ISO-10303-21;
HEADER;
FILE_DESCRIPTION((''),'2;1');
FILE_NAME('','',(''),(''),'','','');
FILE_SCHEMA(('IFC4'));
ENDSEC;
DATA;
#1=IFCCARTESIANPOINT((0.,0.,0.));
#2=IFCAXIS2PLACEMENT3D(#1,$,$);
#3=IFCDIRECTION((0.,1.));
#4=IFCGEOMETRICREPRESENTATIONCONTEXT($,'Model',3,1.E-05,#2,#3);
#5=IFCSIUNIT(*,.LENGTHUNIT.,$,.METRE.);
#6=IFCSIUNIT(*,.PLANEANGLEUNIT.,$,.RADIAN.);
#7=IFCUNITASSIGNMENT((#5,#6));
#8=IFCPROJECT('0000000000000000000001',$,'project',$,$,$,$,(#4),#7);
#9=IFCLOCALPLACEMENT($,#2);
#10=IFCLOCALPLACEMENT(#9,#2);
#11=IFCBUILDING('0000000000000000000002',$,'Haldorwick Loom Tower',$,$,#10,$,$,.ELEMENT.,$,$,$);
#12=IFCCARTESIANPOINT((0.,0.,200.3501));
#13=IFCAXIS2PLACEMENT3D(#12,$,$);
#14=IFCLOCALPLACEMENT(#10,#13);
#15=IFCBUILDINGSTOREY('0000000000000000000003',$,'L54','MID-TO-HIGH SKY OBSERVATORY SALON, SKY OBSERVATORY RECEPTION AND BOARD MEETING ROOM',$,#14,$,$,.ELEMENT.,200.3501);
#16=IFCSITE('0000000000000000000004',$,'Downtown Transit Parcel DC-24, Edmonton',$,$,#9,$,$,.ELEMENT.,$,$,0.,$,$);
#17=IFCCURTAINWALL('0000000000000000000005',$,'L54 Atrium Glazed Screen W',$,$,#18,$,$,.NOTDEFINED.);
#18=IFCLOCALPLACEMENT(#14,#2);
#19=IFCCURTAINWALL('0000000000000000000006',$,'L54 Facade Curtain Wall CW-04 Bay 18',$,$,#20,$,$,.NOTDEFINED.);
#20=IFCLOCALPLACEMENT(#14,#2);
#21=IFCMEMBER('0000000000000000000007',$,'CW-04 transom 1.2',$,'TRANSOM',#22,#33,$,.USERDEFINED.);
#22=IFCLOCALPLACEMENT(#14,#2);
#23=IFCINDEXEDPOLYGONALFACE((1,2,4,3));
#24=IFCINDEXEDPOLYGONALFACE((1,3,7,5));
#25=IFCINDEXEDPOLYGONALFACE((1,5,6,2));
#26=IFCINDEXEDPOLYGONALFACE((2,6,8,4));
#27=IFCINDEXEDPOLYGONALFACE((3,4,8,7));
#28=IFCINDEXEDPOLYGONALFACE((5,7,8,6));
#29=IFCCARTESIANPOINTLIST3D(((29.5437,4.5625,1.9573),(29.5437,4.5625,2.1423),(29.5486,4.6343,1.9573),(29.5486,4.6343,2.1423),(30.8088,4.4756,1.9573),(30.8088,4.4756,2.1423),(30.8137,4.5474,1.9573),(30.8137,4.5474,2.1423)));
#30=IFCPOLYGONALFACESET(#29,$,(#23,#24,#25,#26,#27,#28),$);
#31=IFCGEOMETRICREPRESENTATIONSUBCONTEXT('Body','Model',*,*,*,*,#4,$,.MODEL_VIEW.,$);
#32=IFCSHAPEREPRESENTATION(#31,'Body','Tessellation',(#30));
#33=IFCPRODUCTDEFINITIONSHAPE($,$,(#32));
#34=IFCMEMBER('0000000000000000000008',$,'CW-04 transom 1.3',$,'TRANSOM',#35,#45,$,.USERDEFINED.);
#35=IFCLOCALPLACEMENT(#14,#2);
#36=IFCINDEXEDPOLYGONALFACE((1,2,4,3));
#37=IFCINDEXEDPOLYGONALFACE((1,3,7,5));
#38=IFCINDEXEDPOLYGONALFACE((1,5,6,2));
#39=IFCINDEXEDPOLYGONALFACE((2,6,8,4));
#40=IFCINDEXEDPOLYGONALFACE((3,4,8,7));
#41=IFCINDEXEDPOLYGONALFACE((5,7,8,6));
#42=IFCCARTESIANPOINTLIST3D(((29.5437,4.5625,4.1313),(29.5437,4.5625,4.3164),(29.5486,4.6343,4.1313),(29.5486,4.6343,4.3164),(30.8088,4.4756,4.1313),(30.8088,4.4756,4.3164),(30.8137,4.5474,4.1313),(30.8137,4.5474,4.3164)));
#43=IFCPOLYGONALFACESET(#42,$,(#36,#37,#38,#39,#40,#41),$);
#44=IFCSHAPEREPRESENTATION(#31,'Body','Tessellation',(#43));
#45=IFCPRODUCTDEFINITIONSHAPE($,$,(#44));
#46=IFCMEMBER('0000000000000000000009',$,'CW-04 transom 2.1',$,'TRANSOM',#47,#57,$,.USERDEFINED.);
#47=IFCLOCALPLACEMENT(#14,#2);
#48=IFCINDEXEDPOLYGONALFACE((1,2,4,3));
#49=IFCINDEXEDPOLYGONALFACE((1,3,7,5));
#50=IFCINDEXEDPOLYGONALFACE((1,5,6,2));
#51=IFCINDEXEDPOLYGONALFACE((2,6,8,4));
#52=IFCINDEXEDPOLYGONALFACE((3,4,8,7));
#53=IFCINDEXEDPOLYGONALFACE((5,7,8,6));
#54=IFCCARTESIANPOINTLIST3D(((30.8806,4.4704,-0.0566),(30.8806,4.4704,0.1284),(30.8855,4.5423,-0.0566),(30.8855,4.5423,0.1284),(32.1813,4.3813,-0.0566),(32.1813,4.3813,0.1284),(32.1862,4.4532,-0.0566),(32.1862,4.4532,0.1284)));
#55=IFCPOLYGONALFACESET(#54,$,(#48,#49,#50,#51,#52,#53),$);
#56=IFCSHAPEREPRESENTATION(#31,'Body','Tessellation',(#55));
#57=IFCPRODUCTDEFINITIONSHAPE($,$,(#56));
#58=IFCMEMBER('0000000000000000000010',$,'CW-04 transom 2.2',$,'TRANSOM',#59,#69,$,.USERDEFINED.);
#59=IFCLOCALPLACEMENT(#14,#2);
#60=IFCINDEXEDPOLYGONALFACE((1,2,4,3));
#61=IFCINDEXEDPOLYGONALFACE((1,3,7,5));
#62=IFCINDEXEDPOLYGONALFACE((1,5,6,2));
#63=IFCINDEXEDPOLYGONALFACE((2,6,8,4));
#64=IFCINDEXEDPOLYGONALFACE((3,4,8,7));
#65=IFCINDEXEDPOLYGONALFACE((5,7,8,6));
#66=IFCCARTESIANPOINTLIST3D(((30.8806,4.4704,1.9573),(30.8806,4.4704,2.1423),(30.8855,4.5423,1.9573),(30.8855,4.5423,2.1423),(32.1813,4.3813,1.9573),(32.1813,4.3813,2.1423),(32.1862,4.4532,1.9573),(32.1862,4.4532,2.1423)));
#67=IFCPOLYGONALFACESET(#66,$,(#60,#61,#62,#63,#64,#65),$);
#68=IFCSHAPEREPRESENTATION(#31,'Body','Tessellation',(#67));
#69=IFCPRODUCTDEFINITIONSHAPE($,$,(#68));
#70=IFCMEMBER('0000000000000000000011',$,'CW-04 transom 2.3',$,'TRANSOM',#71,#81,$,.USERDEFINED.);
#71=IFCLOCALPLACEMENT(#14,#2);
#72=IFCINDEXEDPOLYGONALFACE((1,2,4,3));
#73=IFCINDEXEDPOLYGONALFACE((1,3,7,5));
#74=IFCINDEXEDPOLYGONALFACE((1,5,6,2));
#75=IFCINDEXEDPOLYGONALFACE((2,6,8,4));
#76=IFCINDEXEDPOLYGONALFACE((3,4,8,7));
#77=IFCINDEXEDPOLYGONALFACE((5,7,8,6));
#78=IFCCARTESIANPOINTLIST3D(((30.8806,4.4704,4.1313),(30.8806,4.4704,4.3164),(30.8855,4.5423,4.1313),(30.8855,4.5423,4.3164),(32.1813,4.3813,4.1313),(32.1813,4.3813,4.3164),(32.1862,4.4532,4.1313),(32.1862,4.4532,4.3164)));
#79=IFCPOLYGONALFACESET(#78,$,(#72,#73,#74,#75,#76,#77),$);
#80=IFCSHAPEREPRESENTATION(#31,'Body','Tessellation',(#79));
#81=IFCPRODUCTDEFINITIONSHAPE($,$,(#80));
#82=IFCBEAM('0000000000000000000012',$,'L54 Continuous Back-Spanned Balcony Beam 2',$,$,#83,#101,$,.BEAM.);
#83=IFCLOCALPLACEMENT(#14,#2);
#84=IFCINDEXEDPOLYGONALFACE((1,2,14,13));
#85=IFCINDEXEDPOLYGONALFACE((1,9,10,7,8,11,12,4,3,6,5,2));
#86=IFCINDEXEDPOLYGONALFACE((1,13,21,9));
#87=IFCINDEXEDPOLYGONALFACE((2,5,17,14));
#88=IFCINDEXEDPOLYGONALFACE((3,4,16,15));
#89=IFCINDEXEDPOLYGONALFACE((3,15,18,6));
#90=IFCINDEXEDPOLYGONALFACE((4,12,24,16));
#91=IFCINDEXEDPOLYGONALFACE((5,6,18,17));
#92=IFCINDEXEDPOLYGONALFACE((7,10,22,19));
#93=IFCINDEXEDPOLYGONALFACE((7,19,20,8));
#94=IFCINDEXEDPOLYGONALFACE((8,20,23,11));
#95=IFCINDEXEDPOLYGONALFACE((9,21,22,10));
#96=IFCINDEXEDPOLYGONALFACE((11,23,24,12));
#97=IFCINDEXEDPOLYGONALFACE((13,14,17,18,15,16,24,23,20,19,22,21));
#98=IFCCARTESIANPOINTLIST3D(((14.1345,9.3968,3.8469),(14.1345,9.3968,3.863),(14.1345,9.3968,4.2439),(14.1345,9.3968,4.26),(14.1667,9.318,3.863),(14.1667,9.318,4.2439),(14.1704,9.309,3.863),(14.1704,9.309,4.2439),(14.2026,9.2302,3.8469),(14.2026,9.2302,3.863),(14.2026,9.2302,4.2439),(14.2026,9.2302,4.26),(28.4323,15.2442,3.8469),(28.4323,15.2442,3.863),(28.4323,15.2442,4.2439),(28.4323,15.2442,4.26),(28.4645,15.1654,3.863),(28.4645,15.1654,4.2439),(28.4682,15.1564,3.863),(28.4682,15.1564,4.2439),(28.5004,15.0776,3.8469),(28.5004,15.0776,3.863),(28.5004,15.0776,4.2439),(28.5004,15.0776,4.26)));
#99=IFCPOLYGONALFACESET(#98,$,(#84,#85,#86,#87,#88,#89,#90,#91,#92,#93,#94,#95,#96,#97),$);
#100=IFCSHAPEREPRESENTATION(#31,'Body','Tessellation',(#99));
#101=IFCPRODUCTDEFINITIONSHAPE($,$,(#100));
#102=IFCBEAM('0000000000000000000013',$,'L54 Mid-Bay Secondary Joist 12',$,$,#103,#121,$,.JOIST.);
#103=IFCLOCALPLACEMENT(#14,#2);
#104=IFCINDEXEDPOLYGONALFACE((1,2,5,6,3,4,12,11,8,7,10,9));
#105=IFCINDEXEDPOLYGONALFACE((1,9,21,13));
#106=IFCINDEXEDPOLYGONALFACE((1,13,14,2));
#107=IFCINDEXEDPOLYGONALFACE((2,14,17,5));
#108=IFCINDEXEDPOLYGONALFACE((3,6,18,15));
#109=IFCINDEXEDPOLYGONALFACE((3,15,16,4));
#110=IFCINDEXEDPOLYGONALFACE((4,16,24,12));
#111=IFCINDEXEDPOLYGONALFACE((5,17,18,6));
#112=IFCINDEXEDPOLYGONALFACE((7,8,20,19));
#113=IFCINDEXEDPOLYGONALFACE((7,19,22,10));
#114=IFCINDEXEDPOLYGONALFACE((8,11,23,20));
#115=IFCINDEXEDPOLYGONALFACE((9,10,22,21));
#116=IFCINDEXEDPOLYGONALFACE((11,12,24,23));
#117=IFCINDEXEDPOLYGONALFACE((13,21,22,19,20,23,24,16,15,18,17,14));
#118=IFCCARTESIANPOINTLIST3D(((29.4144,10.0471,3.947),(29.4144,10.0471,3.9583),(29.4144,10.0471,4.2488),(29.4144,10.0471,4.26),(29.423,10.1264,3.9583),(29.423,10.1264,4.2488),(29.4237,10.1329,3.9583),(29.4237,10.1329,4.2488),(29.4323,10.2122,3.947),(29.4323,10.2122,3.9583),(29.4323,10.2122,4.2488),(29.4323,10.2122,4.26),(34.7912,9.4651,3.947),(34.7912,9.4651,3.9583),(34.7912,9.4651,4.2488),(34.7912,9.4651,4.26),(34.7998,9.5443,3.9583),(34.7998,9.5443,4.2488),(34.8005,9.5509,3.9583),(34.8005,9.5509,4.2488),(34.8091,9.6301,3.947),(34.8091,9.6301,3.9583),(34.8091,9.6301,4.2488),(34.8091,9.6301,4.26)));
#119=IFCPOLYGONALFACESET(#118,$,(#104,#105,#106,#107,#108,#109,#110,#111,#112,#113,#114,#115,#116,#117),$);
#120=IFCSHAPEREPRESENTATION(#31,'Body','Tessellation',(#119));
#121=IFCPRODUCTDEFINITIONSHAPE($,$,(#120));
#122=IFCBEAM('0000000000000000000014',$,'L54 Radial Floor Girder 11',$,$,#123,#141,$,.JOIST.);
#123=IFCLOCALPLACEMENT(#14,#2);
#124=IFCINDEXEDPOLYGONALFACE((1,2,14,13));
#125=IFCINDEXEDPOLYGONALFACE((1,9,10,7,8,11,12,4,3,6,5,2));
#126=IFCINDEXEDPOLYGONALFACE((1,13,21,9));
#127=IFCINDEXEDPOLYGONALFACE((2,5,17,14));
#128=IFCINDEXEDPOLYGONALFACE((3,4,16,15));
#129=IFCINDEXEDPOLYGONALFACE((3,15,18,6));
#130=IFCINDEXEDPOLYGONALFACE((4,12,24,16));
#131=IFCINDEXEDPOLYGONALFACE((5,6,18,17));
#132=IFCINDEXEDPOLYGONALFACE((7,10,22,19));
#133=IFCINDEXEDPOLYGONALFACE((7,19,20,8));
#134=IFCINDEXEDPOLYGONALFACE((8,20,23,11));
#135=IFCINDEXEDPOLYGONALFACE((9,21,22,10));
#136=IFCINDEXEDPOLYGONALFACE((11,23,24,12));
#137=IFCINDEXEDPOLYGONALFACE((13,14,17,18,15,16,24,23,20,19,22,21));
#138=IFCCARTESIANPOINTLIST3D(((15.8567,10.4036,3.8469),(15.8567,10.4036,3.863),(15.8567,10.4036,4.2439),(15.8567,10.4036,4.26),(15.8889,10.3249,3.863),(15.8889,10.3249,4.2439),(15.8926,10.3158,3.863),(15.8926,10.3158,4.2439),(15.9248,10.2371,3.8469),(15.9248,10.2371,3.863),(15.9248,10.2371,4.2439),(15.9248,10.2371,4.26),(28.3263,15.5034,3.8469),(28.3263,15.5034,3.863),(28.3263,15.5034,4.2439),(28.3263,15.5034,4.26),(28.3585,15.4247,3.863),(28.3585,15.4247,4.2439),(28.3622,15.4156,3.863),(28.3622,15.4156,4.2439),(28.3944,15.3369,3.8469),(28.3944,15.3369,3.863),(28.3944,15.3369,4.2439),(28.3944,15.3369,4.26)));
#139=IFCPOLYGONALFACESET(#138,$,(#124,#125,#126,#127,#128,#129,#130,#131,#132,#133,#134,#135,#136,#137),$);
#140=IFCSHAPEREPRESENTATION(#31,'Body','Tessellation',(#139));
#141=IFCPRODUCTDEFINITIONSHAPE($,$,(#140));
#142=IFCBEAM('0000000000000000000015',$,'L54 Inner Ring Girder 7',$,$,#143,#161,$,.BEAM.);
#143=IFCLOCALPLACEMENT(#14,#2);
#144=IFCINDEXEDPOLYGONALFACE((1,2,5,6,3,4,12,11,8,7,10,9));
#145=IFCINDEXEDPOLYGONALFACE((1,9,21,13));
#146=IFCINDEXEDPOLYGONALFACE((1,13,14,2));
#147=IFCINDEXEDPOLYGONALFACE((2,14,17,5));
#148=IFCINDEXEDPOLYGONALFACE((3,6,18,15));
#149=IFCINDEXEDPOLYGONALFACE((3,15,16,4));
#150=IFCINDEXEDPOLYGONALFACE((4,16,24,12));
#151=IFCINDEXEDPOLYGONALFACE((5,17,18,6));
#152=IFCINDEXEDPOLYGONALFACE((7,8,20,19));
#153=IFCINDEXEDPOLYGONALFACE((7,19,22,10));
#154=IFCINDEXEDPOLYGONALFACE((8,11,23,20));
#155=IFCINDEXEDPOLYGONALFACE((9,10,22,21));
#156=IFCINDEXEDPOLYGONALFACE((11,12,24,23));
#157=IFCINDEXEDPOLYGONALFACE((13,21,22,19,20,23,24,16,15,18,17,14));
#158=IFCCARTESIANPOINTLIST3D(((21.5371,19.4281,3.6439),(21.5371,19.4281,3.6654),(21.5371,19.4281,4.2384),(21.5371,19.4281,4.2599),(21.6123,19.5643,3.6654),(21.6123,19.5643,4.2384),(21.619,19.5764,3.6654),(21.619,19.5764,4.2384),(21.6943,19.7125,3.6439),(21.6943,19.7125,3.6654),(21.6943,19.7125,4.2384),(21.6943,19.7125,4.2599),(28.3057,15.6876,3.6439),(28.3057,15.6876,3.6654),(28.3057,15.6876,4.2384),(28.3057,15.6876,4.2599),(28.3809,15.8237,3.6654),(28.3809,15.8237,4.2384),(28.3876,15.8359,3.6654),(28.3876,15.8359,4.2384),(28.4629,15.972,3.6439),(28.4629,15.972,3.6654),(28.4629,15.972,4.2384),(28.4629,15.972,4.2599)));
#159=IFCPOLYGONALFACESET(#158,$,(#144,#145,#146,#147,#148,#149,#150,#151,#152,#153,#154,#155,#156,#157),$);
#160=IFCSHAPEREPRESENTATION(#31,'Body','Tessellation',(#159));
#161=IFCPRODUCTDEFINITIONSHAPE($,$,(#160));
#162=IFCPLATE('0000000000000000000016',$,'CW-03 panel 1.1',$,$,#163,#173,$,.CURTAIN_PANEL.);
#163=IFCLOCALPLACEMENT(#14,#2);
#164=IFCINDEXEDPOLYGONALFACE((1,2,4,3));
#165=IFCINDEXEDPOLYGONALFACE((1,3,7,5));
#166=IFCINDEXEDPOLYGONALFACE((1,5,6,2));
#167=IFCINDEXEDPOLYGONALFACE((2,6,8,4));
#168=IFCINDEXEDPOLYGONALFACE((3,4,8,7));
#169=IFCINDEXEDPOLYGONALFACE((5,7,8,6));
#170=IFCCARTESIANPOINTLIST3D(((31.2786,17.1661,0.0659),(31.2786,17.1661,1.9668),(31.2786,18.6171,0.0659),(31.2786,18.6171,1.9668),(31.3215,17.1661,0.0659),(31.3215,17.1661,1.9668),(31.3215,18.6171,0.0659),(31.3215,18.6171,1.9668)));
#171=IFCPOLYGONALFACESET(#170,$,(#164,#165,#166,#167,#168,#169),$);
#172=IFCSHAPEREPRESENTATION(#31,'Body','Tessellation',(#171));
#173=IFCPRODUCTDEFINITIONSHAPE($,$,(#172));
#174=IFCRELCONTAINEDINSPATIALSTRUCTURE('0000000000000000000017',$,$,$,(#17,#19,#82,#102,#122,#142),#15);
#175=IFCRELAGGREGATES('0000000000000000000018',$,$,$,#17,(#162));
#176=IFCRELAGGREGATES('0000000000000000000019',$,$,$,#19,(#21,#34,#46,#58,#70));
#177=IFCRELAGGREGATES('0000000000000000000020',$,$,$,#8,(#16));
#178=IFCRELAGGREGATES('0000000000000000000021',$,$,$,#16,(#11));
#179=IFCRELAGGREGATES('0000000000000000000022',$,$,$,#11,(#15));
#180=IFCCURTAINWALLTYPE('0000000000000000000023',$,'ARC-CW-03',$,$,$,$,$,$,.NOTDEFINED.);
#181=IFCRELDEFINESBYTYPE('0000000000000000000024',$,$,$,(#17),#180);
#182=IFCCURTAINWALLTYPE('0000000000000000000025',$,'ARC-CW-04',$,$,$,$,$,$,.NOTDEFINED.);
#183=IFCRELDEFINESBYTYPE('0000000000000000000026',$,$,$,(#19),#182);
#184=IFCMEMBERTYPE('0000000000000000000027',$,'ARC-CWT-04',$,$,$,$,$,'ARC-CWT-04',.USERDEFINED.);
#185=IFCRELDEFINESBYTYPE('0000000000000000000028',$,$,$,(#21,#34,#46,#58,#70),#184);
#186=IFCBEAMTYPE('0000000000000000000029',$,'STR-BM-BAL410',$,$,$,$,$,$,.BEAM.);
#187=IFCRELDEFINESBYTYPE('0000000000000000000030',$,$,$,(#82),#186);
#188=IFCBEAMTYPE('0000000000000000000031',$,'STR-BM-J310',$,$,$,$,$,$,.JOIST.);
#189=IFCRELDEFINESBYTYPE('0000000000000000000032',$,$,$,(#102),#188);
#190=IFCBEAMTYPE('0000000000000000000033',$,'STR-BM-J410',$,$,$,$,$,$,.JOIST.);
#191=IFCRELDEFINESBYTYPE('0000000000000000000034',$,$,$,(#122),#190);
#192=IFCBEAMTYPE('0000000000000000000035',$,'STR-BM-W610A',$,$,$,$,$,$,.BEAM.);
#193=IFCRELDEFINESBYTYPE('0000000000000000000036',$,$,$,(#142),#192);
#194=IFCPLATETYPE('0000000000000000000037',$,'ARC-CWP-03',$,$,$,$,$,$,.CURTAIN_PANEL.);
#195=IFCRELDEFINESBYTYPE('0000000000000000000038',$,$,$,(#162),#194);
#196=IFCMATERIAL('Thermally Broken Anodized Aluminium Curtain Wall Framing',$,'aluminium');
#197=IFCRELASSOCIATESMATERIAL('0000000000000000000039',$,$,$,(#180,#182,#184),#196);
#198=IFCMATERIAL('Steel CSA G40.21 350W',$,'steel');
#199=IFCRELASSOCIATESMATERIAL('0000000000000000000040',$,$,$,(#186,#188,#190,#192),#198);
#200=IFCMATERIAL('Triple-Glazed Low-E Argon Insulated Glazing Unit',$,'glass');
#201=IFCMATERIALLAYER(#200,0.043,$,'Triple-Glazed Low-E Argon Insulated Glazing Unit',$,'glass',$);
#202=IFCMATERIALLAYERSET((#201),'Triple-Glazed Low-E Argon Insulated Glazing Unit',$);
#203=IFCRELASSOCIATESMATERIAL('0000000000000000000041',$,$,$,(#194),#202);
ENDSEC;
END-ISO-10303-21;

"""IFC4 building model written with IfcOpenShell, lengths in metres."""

from ifc_helpers import new_model, si_unit, direction, frame, origin, origin_2d, place, context, subcontext, project, spatial, rectangle, i_section, extrude, material, layer, layer_set, material_profile, profile_set, type_object, element, aggregate, save


model = new_model("IFC4")

# Units and contexts
model_context = context("Model", 3, precision=1e-05, world=origin(), true_north=direction((0.0, 1.0)))
body_context = subcontext(model_context, "Body", "Model", "MODEL_VIEW")
ifc_project = project(units=[si_unit("LENGTHUNIT", "METRE"), si_unit("PLANEANGLEUNIT", "RADIAN")], contexts=[model_context])

# Site, building, storey
site_placement = place(None, origin())
site = spatial("IfcSite", under=ifc_project, at=site_placement, Name="Downtown Transit Parcel DC-24, Edmonton", CompositionType="ELEMENT", RefElevation=0.0)
building_placement = place(site_placement, origin())
building = spatial("IfcBuilding", under=site, at=building_placement, Name="Haldorwick Loom Tower", CompositionType="ELEMENT")
storey_placement = place(building_placement, frame((0.0, 0.0, 200.3501)))
storey = spatial("IfcBuildingStorey", under=building, at=storey_placement, Name="L54", Description="MID-TO-HIGH SKY OBSERVATORY SALON, SKY OBSERVATORY RECEPTION AND BOARD MEETING ROOM", CompositionType="ELEMENT", Elevation=200.3501)

# Curtain walls
ifc_material_1 = material(Name="Thermally Broken Anodized Aluminium Curtain Wall Framing", Category="aluminium")
curtain_wall_type_1 = type_object("IfcCurtainWallType", Name="ARC-CW-03", PredefinedType="NOTDEFINED", material=ifc_material_1)
curtain_wall_1_placement = place(storey_placement, origin())
curtain_wall_1 = element("IfcCurtainWall", 1, at=curtain_wall_1_placement, inside=storey, type_object=curtain_wall_type_1, Name="L54 Atrium Glazed Screen W", PredefinedType="NOTDEFINED")
curtain_wall_type_2 = type_object("IfcCurtainWallType", Name="ARC-CW-04", PredefinedType="NOTDEFINED", material=ifc_material_1)
curtain_wall_2_placement = place(storey_placement, origin())
curtain_wall_2 = element("IfcCurtainWall", 2, at=curtain_wall_2_placement, inside=storey, type_object=curtain_wall_type_2, Name="L54 Facade Curtain Wall CW-04 Bay 18", PredefinedType="NOTDEFINED")

# Members
ifc_material_profile_1 = material_profile(ifc_material_1, rectangle(XDim=0.072, YDim=0.1851, at=origin_2d()), Name="ALU_TRN_72X185", Category="aluminium")
ifc_profile_set_1 = profile_set([ifc_material_profile_1], Name="Thermally Broken Anodized Aluminium Curtain Wall Framing")
member_type_1 = type_object("IfcMemberType", Name="ARC-CWT-04", ElementType="ARC-CWT-04", PredefinedType="USERDEFINED", material=ifc_profile_set_1)
member_1_placement = place(storey_placement, frame((29.5461, 4.5984, 2.0498), z_axis=(0.997649, -0.068538, 0.0), x_axis=(0.068538, 0.997649, 0.0)))
member_1 = element("IfcMember", 3, at=member_1_placement, type_object=member_type_1, Name="CW-04 transom 1.2", ObjectType="TRANSOM", PredefinedType="USERDEFINED", context=body_context, shape_type="SweptSolid", body=[
    extrude(rectangle(XDim=0.072, YDim=0.1851, at=origin_2d()), origin(), (0.0, 0.0, 1.0), 1.2681),
])
member_2_placement = place(storey_placement, frame((29.5461, 4.5984, 4.2239), z_axis=(0.997649, -0.068538, 0.0), x_axis=(0.068538, 0.997649, 0.0)))
member_2 = element("IfcMember", 4, at=member_2_placement, type_object=member_type_1, Name="CW-04 transom 1.3", ObjectType="TRANSOM", PredefinedType="USERDEFINED", context=body_context, shape_type="SweptSolid", body=[
    extrude(rectangle(XDim=0.072, YDim=0.1851, at=origin_2d()), origin(), (0.0, 0.0, 1.0), 1.2681),
])
member_3_placement = place(storey_placement, frame((30.8831, 4.5063, 0.0359), z_axis=(0.997662, -0.068346, 0.0), x_axis=(0.068346, 0.997662, 0.0)))
member_3 = element("IfcMember", 5, at=member_3_placement, type_object=member_type_1, Name="CW-04 transom 2.1", ObjectType="TRANSOM", PredefinedType="USERDEFINED", context=body_context, shape_type="SweptSolid", body=[
    extrude(rectangle(XDim=0.072, YDim=0.1851, at=origin_2d()), origin(), (0.0, 0.0, 1.0), 1.3037),
])
member_4_placement = place(storey_placement, frame((30.8831, 4.5063, 2.0498), z_axis=(0.997662, -0.068346, 0.0), x_axis=(0.068346, 0.997662, 0.0)))
member_4 = element("IfcMember", 6, at=member_4_placement, type_object=member_type_1, Name="CW-04 transom 2.2", ObjectType="TRANSOM", PredefinedType="USERDEFINED", context=body_context, shape_type="SweptSolid", body=[
    extrude(rectangle(XDim=0.072, YDim=0.1851, at=origin_2d()), origin(), (0.0, 0.0, 1.0), 1.3037),
])
member_5_placement = place(storey_placement, frame((30.8831, 4.5063, 4.2239), z_axis=(0.997662, -0.068346, 0.0), x_axis=(0.068346, 0.997662, 0.0)))
member_5 = element("IfcMember", 7, at=member_5_placement, type_object=member_type_1, Name="CW-04 transom 2.3", ObjectType="TRANSOM", PredefinedType="USERDEFINED", context=body_context, shape_type="SweptSolid", body=[
    extrude(rectangle(XDim=0.072, YDim=0.1851, at=origin_2d()), origin(), (0.0, 0.0, 1.0), 1.3037),
])

# Beams
ifc_material_2 = material(Name="Steel CSA G40.21 350W", Category="steel")
ifc_material_profile_2 = material_profile(ifc_material_2, i_section(OverallWidth=0.1799, OverallDepth=0.4131, WebThickness=0.0098, FlangeThickness=0.0161, at=origin_2d()), Name="W410X74", Category="steel")
ifc_profile_set_2 = profile_set([ifc_material_profile_2], Name="Steel CSA G40.21 350W")
beam_type_1 = type_object("IfcBeamType", Name="STR-BM-BAL410", PredefinedType="BEAM", material=ifc_profile_set_2)
beam_1_placement = place(storey_placement, frame((28.4663, 15.1609, 4.0535), z_axis=(-0.925586, -0.378538, 0.0), x_axis=(0.378538, -0.925586, 0.0)))
element("IfcBeam", 8, at=beam_1_placement, inside=storey, type_object=beam_type_1, Name="L54 Continuous Back-Spanned Balcony Beam 2", PredefinedType="BEAM", context=body_context, shape_type="SweptSolid", body=[
    extrude(i_section(OverallWidth=0.1799, OverallDepth=0.4131, WebThickness=0.0098, FlangeThickness=0.0161, at=origin_2d()), origin(), (0.0, 0.0, 1.0), 15.4473),
])
ifc_material_profile_3 = material_profile(ifc_material_2, i_section(OverallWidth=0.166, OverallDepth=0.313, WebThickness=0.0066, FlangeThickness=0.0112, at=origin_2d()), Name="W310X45", Category="steel")
ifc_profile_set_3 = profile_set([ifc_material_profile_3], Name="Steel CSA G40.21 350W")
beam_type_2 = type_object("IfcBeamType", Name="STR-BM-J310", PredefinedType="JOIST", material=ifc_profile_set_3)
beam_2_placement = place(storey_placement, frame((29.4233, 10.1296, 4.1035), z_axis=(0.994192, -0.107622, 0.0), x_axis=(0.107622, 0.994192, 0.0)))
element("IfcBeam", 9, at=beam_2_placement, inside=storey, type_object=beam_type_2, Name="L54 Mid-Bay Secondary Joist 12", PredefinedType="JOIST", context=body_context, shape_type="SweptSolid", body=[
    extrude(i_section(OverallWidth=0.166, OverallDepth=0.313, WebThickness=0.0066, FlangeThickness=0.0112, at=origin_2d()), origin(), (0.0, 0.0, 1.0), 5.4082),
])
ifc_material_profile_4 = material_profile(ifc_material_2, i_section(OverallWidth=0.1799, OverallDepth=0.4131, WebThickness=0.0098, FlangeThickness=0.0161, at=origin_2d()), Name="W410X74", Category="steel")
ifc_profile_set_4 = profile_set([ifc_material_profile_4], Name="Steel CSA G40.21 350W")
beam_type_3 = type_object("IfcBeamType", Name="STR-BM-J410", PredefinedType="JOIST", material=ifc_profile_set_4)
beam_3_placement = place(storey_placement, frame((28.3604, 15.4202, 4.0535), z_axis=(-0.925583, -0.378544, 0.0), x_axis=(0.378544, -0.925583, 0.0)))
element("IfcBeam", 10, at=beam_3_placement, inside=storey, type_object=beam_type_3, Name="L54 Radial Floor Girder 11", PredefinedType="JOIST", context=body_context, shape_type="SweptSolid", body=[
    extrude(i_section(OverallWidth=0.1799, OverallDepth=0.4131, WebThickness=0.0098, FlangeThickness=0.0161, at=origin_2d()), origin(), (0.0, 0.0, 1.0), 13.4722),
])
ifc_material_profile_5 = material_profile(ifc_material_2, i_section(OverallWidth=0.325, OverallDepth=0.616, WebThickness=0.0139, FlangeThickness=0.0215, at=origin_2d()), Name="W610X174", Category="steel")
ifc_profile_set_5 = profile_set([ifc_material_profile_5], Name="Steel CSA G40.21 350W")
beam_type_4 = type_object("IfcBeamType", Name="STR-BM-W610A", PredefinedType="BEAM", material=ifc_profile_set_5)
beam_4_placement = place(storey_placement, frame((28.3843, 15.8298, 3.9519), z_axis=(-0.875244, 0.483682, 0.0), x_axis=(-0.483682, -0.875244, 0.0)))
element("IfcBeam", 11, at=beam_4_placement, inside=storey, type_object=beam_type_4, Name="L54 Inner Ring Girder 7", PredefinedType="BEAM", context=body_context, shape_type="SweptSolid", body=[
    extrude(i_section(OverallWidth=0.325, OverallDepth=0.616, WebThickness=0.0139, FlangeThickness=0.0215, at=origin_2d()), origin(), (0.0, 0.0, 1.0), 7.7334),
])

# Plate
ifc_material_3 = material(Name="Triple-Glazed Low-E Argon Insulated Glazing Unit", Category="glass")
ifc_layer_1 = layer(ifc_material_3, 0.043, Name="Triple-Glazed Low-E Argon Insulated Glazing Unit", Category="glass")
ifc_layer_set_1 = layer_set([ifc_layer_1], Name="Triple-Glazed Low-E Argon Insulated Glazing Unit")
plate_type_1 = type_object("IfcPlateType", Name="ARC-CWP-03", PredefinedType="CURTAIN_PANEL", material=ifc_layer_set_1)
plate_1_placement = place(storey_placement, frame((31.3, 17.8916, 0.0659), z_axis=(0.0, 0.0, 1.0), x_axis=(0.0, 1.0, 0.0)))
plate_1 = element("IfcPlate", 12, at=plate_1_placement, type_object=plate_type_1, Name="CW-03 panel 1.1", PredefinedType="CURTAIN_PANEL", context=body_context, shape_type="SweptSolid", body=[
    extrude(rectangle(XDim=1.4509, YDim=0.043, at=origin_2d()), origin(), (0.0, 0.0, 1.0), 1.9009),
])
aggregate(curtain_wall_1, [plate_1])
aggregate(curtain_wall_2, [member_1, member_2, member_3, member_4, member_5])

save(model, "model.ifc")
